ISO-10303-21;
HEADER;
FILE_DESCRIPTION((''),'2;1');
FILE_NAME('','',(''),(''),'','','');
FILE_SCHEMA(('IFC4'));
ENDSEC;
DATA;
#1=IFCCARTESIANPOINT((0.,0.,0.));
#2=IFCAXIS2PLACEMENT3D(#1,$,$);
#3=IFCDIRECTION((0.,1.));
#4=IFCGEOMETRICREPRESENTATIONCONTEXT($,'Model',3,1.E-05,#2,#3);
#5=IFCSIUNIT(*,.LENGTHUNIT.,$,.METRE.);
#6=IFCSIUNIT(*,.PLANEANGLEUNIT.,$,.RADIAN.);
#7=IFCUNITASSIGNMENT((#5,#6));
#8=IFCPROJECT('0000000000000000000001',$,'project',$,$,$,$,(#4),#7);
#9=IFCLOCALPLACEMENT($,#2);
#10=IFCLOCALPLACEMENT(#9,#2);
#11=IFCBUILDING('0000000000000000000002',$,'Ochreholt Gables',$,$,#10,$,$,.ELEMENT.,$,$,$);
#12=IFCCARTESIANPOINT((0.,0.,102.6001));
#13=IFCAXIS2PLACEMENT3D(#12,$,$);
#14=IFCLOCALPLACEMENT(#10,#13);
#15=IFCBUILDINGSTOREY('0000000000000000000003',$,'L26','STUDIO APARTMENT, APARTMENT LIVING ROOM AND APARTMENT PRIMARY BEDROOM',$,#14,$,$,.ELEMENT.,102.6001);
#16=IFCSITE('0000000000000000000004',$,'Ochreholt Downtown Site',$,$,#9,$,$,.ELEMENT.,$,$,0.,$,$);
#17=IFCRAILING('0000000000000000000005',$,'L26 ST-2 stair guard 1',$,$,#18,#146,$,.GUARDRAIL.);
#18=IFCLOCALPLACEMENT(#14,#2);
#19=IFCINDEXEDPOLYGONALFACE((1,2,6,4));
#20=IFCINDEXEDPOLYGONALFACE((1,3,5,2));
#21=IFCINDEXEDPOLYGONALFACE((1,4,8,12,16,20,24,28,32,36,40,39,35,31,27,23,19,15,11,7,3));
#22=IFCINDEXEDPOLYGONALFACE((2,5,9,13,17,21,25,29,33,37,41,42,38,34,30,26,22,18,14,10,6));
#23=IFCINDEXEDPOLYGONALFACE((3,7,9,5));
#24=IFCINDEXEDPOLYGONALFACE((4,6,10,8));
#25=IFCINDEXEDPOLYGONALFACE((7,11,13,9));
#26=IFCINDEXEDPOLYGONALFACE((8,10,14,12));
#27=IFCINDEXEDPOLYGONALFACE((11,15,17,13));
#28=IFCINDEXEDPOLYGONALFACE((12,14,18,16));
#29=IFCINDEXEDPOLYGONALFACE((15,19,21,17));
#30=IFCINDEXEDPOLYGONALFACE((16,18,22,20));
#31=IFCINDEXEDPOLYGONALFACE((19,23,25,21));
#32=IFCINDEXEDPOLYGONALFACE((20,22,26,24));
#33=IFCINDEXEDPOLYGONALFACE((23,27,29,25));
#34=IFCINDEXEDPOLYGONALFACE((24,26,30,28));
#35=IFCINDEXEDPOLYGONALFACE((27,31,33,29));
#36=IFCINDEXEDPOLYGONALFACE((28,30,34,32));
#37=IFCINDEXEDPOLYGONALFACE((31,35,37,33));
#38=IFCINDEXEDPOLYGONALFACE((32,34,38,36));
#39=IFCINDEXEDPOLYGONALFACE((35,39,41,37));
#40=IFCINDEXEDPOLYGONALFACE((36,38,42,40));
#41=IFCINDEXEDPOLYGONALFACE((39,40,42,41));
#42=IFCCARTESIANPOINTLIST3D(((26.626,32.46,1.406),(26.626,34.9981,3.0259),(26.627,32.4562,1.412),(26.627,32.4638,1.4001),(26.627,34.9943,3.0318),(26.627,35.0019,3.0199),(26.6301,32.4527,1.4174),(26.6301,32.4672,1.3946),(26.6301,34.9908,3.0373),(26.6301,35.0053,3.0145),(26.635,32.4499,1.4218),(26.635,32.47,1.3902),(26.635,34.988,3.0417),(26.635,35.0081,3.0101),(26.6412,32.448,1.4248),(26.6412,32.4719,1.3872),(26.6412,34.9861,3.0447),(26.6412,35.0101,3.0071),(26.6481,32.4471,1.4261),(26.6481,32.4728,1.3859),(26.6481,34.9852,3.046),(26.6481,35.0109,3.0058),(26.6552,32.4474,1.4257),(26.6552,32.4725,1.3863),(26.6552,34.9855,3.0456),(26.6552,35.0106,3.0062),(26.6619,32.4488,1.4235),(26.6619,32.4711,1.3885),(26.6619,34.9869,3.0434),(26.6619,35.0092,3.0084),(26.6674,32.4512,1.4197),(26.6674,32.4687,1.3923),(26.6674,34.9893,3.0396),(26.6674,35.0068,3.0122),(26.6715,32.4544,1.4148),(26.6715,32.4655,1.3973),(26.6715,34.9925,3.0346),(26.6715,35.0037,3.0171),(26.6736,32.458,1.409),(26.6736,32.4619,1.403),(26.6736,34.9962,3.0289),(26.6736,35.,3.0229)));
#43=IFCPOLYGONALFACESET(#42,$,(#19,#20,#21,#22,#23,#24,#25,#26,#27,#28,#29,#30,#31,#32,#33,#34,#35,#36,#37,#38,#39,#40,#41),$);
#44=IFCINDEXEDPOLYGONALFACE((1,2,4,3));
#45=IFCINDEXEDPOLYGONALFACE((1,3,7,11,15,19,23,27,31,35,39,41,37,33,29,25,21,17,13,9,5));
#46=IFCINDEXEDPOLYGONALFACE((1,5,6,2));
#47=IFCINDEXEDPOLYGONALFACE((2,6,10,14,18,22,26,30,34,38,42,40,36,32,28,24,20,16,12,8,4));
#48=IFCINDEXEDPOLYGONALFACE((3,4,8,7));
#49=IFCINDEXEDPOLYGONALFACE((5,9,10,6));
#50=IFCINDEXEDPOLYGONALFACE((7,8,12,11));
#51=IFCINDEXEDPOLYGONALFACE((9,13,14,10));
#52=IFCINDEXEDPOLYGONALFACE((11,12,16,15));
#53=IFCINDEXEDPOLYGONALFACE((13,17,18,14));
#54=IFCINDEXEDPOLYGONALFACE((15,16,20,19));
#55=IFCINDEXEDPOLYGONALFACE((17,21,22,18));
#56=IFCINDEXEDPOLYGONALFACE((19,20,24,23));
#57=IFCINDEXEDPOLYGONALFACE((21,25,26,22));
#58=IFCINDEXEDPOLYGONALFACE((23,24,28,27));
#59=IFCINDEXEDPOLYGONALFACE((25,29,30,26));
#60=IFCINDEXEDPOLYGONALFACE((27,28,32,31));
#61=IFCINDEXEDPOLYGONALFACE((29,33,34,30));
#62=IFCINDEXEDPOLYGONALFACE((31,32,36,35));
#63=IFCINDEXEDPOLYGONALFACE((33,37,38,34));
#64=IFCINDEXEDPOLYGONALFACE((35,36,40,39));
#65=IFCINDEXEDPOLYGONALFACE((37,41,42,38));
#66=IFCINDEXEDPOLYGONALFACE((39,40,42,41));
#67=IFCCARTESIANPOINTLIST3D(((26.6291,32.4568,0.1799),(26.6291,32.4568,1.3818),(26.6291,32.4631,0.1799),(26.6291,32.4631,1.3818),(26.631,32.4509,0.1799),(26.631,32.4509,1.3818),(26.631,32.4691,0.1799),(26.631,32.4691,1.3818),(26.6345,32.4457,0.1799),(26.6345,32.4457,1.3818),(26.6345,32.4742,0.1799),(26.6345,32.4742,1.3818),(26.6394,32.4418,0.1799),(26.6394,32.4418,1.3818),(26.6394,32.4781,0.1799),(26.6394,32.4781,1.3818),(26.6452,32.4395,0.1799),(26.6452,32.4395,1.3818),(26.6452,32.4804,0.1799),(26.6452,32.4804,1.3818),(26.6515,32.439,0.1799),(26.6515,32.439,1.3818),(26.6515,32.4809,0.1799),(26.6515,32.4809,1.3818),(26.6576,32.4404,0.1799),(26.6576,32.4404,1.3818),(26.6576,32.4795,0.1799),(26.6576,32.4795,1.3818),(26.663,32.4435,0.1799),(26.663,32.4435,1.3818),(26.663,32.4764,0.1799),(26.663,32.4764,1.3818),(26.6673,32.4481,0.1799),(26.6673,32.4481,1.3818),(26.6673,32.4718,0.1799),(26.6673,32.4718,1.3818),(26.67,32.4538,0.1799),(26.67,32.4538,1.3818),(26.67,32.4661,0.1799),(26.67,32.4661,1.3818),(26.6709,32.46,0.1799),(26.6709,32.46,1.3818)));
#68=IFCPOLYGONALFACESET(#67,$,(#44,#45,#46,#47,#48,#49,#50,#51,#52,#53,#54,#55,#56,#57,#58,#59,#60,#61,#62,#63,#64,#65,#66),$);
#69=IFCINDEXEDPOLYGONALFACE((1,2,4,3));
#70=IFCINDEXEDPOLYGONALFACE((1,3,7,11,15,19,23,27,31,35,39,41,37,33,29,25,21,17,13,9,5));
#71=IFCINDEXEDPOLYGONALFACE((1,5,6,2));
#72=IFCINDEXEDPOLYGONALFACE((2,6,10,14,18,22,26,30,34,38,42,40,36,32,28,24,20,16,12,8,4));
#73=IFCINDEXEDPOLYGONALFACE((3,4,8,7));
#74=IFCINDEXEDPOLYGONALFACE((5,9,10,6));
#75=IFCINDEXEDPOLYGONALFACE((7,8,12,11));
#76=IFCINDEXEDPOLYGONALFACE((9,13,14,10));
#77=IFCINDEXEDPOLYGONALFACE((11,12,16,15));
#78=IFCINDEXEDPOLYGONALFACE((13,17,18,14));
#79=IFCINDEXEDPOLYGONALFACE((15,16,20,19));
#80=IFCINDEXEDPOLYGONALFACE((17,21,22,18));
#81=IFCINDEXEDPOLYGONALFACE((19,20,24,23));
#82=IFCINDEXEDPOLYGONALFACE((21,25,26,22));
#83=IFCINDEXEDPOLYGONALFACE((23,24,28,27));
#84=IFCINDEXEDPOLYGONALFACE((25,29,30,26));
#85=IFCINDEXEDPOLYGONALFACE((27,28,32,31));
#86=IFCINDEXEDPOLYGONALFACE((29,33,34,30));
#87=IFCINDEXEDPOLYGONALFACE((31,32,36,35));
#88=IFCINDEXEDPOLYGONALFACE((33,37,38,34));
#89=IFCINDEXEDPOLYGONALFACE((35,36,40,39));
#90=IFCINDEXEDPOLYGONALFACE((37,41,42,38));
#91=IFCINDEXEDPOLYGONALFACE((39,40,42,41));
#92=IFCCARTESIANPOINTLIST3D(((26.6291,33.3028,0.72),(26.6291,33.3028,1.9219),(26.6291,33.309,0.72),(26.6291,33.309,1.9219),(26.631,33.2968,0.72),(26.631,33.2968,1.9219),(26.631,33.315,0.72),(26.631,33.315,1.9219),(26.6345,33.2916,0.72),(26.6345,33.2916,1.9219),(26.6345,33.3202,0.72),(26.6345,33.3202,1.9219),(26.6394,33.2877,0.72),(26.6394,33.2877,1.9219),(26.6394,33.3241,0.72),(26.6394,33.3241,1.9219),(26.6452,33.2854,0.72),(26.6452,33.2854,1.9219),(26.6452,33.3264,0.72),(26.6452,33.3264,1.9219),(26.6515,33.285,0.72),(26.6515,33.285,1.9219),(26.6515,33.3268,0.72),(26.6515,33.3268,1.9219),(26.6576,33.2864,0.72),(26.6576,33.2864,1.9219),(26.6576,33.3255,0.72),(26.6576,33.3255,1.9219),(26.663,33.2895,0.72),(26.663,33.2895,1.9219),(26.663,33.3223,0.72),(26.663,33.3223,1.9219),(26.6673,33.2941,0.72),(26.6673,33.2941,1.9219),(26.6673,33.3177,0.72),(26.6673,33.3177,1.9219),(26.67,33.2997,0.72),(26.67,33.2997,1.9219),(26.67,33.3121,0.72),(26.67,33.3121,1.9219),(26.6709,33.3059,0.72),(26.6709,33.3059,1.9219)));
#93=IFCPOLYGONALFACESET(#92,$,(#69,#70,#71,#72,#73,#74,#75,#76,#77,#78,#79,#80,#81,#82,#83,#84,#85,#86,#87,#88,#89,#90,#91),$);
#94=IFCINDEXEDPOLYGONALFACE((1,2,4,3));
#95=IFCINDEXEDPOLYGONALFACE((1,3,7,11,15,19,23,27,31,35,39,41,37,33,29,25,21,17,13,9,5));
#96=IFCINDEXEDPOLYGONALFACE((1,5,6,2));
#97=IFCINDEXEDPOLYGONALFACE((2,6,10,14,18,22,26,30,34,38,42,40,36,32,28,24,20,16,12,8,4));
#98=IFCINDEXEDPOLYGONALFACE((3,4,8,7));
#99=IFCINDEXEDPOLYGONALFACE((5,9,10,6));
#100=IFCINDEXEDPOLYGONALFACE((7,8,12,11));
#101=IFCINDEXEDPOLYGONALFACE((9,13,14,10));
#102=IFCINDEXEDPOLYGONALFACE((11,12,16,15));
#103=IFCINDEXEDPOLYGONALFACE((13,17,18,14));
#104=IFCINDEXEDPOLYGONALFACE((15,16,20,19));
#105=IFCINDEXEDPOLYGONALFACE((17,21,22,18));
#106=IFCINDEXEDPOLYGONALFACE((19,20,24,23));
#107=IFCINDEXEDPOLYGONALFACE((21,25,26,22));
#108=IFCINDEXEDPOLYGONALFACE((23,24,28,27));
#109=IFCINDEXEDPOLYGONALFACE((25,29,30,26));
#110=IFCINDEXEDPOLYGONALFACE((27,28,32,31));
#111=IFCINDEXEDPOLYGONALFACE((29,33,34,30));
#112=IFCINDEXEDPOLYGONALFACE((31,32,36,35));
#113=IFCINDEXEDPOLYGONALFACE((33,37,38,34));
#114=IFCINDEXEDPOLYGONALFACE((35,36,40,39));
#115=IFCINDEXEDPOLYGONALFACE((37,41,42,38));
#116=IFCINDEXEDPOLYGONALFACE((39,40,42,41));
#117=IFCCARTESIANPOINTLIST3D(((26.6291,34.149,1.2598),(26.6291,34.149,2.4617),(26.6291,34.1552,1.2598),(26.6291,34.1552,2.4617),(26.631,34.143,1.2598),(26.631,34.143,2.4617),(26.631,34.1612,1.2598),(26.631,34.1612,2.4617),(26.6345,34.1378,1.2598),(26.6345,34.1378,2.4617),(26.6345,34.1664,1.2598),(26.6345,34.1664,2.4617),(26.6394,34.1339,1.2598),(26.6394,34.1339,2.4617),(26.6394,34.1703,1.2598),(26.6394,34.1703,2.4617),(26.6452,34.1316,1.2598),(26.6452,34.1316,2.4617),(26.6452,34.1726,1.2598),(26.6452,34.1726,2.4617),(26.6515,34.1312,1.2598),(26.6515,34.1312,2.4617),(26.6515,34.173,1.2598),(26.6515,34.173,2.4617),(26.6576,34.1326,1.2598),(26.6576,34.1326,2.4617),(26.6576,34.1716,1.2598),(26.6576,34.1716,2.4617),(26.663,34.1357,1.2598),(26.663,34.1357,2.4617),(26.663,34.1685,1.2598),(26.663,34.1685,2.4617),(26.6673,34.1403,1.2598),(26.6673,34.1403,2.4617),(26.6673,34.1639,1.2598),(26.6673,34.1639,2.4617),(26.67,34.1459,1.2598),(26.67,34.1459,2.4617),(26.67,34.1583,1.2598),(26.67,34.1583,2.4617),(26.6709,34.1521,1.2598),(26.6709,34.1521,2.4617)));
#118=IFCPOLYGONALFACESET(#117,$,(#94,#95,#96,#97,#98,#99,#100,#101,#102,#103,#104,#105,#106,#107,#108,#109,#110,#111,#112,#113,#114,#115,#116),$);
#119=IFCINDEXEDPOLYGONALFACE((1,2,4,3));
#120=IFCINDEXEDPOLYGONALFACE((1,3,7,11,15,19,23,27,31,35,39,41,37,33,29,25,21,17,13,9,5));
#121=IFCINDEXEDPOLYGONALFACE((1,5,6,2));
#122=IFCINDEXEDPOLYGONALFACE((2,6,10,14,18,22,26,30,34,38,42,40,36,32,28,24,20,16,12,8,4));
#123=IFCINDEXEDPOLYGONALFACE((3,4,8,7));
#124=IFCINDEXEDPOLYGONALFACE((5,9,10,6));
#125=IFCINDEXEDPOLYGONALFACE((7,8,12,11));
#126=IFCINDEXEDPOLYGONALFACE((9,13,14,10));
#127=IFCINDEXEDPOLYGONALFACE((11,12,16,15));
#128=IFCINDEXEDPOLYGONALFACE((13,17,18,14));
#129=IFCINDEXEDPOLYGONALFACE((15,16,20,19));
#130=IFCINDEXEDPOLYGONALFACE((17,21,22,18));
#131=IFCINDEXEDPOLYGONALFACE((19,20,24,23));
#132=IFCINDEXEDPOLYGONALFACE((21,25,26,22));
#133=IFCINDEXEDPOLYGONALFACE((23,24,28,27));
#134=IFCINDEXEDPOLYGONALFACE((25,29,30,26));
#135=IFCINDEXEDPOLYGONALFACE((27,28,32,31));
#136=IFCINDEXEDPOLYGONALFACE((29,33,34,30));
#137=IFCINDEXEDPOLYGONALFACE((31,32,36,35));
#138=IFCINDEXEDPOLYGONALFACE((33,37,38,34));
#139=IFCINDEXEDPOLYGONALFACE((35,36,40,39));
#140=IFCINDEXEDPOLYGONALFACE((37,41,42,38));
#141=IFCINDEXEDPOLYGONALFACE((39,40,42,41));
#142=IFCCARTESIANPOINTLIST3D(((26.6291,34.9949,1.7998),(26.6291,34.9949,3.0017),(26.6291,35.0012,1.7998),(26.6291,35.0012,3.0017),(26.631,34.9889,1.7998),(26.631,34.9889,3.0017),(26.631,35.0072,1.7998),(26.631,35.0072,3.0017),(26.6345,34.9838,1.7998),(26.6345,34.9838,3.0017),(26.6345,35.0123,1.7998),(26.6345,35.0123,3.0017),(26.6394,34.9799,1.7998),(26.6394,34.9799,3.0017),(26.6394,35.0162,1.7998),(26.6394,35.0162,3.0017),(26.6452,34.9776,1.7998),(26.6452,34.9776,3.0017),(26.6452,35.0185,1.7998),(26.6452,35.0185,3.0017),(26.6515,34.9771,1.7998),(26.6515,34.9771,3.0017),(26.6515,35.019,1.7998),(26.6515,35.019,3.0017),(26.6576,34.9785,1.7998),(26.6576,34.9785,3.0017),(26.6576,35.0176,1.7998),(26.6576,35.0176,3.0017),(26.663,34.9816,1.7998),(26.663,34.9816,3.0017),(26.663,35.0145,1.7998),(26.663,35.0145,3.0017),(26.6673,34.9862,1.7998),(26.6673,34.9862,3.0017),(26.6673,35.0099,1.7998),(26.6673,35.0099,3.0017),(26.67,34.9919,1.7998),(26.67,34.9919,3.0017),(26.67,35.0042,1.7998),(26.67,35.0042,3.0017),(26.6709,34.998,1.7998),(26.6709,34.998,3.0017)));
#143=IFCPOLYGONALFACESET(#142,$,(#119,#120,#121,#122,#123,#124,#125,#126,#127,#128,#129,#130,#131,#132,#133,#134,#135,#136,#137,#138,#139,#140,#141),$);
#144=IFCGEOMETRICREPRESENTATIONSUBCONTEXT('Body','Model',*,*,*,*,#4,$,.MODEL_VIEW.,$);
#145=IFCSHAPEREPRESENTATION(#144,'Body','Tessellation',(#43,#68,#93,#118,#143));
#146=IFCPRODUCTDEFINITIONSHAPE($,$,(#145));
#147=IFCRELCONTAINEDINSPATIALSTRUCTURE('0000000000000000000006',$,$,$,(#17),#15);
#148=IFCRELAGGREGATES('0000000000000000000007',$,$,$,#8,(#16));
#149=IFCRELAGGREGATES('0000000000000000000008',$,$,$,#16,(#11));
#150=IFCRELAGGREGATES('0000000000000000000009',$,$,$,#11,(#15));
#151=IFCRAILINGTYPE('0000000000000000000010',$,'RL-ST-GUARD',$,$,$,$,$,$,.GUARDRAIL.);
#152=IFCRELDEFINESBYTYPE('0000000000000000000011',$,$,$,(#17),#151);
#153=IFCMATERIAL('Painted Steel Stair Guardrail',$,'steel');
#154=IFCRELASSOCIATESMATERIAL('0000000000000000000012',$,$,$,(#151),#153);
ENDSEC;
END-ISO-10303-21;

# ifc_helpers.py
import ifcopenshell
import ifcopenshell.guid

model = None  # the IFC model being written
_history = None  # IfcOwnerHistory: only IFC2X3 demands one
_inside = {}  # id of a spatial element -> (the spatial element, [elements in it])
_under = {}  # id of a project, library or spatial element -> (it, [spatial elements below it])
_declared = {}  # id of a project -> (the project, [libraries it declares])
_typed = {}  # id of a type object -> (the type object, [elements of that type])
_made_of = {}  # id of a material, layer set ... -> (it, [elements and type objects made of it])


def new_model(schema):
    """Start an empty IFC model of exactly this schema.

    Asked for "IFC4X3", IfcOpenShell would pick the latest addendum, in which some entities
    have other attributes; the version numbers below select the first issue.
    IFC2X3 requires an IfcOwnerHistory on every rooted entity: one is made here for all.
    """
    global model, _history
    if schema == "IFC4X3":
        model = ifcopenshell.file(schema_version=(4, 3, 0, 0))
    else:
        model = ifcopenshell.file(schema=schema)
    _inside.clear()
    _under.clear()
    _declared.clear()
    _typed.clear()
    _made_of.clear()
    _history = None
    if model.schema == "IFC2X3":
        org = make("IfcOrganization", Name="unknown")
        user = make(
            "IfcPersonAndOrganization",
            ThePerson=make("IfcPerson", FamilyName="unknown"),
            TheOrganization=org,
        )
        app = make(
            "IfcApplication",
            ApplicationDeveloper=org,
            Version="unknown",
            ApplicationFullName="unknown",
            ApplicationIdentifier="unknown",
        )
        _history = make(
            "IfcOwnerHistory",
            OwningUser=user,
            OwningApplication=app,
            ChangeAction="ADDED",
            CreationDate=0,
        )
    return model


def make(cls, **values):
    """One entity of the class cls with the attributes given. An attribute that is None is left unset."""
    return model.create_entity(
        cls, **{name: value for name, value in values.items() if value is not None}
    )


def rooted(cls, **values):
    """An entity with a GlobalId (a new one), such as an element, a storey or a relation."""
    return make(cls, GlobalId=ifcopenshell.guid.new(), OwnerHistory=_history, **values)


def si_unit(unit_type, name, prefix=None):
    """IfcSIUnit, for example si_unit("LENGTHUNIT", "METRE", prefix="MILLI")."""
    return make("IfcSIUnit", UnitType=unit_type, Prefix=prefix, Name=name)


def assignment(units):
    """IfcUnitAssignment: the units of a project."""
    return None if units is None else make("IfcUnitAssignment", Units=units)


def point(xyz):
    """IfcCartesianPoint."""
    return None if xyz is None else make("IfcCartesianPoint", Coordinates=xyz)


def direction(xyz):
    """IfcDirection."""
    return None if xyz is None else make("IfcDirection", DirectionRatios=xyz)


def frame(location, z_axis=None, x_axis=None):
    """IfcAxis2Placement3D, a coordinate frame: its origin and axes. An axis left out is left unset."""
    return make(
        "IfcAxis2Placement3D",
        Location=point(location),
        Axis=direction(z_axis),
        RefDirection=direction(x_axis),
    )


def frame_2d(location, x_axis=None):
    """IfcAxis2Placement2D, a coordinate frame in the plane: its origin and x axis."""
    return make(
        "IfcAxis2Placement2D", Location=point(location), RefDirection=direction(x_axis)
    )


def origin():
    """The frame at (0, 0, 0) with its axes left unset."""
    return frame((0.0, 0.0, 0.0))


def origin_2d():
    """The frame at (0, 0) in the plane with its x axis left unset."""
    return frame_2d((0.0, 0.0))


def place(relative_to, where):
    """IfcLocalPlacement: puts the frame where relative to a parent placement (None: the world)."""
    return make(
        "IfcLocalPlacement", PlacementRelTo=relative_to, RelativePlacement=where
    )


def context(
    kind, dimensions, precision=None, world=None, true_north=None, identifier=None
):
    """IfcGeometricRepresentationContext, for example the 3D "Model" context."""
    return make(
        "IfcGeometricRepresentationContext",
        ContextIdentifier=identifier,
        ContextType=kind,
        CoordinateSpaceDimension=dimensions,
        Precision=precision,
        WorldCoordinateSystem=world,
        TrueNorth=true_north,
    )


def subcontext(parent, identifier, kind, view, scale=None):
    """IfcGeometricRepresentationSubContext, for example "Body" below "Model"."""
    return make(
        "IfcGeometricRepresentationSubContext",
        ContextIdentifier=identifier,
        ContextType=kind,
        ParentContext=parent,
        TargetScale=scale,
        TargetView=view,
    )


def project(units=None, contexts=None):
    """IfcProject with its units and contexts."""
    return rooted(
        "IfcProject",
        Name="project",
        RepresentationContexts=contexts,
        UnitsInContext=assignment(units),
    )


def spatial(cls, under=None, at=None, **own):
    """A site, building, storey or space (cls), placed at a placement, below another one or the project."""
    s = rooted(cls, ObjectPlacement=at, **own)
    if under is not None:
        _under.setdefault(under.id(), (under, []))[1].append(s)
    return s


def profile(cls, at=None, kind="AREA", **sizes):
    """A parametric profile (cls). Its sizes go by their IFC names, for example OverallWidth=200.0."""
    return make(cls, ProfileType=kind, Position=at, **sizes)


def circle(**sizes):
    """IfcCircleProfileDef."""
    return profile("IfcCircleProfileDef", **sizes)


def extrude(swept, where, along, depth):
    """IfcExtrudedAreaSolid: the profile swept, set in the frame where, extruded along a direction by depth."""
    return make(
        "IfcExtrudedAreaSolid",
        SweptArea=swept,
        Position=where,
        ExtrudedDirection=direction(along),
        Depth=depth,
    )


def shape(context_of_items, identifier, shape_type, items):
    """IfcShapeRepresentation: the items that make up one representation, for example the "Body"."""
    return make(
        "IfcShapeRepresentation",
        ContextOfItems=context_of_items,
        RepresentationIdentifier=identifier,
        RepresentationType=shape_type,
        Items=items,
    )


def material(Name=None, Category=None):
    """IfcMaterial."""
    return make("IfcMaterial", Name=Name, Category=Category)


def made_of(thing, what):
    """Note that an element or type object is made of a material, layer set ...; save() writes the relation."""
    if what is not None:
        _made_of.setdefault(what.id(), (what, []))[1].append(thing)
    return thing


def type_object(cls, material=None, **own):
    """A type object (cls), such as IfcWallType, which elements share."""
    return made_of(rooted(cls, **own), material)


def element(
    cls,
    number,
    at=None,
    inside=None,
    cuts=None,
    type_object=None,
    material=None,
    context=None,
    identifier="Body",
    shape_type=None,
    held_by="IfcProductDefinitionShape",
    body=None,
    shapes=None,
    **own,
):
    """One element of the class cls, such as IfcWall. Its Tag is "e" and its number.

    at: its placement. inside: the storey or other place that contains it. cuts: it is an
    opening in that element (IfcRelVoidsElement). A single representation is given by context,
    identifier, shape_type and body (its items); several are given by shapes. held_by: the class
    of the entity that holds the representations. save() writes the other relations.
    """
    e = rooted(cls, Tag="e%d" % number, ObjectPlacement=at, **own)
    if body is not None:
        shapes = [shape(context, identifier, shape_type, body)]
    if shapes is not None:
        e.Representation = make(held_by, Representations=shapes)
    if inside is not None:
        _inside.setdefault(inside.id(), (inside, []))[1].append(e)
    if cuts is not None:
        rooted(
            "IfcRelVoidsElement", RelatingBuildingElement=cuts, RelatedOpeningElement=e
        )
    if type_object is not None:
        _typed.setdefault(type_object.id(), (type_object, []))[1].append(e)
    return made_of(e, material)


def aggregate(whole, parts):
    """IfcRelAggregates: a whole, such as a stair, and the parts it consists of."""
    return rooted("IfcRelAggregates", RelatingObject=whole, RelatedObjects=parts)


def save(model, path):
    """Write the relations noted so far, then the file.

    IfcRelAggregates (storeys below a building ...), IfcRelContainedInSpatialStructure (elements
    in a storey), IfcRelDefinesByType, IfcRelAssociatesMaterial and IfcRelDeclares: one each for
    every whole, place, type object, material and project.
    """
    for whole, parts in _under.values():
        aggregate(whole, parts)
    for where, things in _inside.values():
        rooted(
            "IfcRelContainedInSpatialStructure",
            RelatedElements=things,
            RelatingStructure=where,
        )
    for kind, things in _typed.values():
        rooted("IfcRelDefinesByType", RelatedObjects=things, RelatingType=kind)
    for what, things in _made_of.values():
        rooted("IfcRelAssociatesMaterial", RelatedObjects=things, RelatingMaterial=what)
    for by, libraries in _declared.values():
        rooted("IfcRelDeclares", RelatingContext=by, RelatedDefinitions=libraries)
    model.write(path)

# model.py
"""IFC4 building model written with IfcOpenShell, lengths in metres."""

from ifc_helpers import new_model, si_unit, direction, frame, origin, origin_2d, place, context, subcontext, project, spatial, circle, extrude, material, type_object, element, save


model = new_model("IFC4")

# Units and contexts
model_context = context("Model", 3, precision=1e-05, world=origin(), true_north=direction((0.0, 1.0)))
body_context = subcontext(model_context, "Body", "Model", "MODEL_VIEW")
ifc_project = project(units=[si_unit("LENGTHUNIT", "METRE"), si_unit("PLANEANGLEUNIT", "RADIAN")], contexts=[model_context])

# Site, building, storey
site_placement = place(None, origin())
site = spatial("IfcSite", under=ifc_project, at=site_placement, Name="Ochreholt Downtown Site", CompositionType="ELEMENT", RefElevation=0.0)
building_placement = place(site_placement, origin())
building = spatial("IfcBuilding", under=site, at=building_placement, Name="Ochreholt Gables", CompositionType="ELEMENT")
storey_placement = place(building_placement, frame((0.0, 0.0, 102.6001)))
storey = spatial("IfcBuildingStorey", under=building, at=storey_placement, Name="L26", Description="STUDIO APARTMENT, APARTMENT LIVING ROOM AND APARTMENT PRIMARY BEDROOM", CompositionType="ELEMENT", Elevation=102.6001)

# Railing
ifc_material_1 = material(Name="Painted Steel Stair Guardrail", Category="steel")
railing_type_1 = type_object("IfcRailingType", Name="RL-ST-GUARD", PredefinedType="GUARDRAIL", material=ifc_material_1)
railing_1_placement = place(storey_placement, frame((26.6499, 32.46, 0.1799)))
element("IfcRailing", 1, at=railing_1_placement, inside=storey, type_object=railing_type_1, Name="L26 ST-2 stair guard 1", PredefinedType="GUARDRAIL", context=body_context, shape_type="SweptSolid", body=[
    extrude(circle(Radius=0.0239, at=origin_2d()), frame((0.0, 0.0, 1.2261), z_axis=(0.0, 0.84295, 0.537993), x_axis=(-1.0, 0.0, 0.0)), (0.0, 0.0, 1.0), 3.011),
    extrude(circle(Radius=0.021, at=origin_2d()), origin(), (0.0, 0.0, 1.0), 1.2019),
    extrude(circle(Radius=0.021, at=origin_2d()), frame((0.0, 0.8459, 0.54)), (0.0, 0.0, 1.0), 1.2019),
    extrude(circle(Radius=0.021, at=origin_2d()), frame((0.0, 1.6921, 1.0798)), (0.0, 0.0, 1.0), 1.2019),
    extrude(circle(Radius=0.021, at=origin_2d()), frame((0.0, 2.5381, 1.6199)), (0.0, 0.0, 1.0), 1.2019),
])

save(model, "model.ifc")
